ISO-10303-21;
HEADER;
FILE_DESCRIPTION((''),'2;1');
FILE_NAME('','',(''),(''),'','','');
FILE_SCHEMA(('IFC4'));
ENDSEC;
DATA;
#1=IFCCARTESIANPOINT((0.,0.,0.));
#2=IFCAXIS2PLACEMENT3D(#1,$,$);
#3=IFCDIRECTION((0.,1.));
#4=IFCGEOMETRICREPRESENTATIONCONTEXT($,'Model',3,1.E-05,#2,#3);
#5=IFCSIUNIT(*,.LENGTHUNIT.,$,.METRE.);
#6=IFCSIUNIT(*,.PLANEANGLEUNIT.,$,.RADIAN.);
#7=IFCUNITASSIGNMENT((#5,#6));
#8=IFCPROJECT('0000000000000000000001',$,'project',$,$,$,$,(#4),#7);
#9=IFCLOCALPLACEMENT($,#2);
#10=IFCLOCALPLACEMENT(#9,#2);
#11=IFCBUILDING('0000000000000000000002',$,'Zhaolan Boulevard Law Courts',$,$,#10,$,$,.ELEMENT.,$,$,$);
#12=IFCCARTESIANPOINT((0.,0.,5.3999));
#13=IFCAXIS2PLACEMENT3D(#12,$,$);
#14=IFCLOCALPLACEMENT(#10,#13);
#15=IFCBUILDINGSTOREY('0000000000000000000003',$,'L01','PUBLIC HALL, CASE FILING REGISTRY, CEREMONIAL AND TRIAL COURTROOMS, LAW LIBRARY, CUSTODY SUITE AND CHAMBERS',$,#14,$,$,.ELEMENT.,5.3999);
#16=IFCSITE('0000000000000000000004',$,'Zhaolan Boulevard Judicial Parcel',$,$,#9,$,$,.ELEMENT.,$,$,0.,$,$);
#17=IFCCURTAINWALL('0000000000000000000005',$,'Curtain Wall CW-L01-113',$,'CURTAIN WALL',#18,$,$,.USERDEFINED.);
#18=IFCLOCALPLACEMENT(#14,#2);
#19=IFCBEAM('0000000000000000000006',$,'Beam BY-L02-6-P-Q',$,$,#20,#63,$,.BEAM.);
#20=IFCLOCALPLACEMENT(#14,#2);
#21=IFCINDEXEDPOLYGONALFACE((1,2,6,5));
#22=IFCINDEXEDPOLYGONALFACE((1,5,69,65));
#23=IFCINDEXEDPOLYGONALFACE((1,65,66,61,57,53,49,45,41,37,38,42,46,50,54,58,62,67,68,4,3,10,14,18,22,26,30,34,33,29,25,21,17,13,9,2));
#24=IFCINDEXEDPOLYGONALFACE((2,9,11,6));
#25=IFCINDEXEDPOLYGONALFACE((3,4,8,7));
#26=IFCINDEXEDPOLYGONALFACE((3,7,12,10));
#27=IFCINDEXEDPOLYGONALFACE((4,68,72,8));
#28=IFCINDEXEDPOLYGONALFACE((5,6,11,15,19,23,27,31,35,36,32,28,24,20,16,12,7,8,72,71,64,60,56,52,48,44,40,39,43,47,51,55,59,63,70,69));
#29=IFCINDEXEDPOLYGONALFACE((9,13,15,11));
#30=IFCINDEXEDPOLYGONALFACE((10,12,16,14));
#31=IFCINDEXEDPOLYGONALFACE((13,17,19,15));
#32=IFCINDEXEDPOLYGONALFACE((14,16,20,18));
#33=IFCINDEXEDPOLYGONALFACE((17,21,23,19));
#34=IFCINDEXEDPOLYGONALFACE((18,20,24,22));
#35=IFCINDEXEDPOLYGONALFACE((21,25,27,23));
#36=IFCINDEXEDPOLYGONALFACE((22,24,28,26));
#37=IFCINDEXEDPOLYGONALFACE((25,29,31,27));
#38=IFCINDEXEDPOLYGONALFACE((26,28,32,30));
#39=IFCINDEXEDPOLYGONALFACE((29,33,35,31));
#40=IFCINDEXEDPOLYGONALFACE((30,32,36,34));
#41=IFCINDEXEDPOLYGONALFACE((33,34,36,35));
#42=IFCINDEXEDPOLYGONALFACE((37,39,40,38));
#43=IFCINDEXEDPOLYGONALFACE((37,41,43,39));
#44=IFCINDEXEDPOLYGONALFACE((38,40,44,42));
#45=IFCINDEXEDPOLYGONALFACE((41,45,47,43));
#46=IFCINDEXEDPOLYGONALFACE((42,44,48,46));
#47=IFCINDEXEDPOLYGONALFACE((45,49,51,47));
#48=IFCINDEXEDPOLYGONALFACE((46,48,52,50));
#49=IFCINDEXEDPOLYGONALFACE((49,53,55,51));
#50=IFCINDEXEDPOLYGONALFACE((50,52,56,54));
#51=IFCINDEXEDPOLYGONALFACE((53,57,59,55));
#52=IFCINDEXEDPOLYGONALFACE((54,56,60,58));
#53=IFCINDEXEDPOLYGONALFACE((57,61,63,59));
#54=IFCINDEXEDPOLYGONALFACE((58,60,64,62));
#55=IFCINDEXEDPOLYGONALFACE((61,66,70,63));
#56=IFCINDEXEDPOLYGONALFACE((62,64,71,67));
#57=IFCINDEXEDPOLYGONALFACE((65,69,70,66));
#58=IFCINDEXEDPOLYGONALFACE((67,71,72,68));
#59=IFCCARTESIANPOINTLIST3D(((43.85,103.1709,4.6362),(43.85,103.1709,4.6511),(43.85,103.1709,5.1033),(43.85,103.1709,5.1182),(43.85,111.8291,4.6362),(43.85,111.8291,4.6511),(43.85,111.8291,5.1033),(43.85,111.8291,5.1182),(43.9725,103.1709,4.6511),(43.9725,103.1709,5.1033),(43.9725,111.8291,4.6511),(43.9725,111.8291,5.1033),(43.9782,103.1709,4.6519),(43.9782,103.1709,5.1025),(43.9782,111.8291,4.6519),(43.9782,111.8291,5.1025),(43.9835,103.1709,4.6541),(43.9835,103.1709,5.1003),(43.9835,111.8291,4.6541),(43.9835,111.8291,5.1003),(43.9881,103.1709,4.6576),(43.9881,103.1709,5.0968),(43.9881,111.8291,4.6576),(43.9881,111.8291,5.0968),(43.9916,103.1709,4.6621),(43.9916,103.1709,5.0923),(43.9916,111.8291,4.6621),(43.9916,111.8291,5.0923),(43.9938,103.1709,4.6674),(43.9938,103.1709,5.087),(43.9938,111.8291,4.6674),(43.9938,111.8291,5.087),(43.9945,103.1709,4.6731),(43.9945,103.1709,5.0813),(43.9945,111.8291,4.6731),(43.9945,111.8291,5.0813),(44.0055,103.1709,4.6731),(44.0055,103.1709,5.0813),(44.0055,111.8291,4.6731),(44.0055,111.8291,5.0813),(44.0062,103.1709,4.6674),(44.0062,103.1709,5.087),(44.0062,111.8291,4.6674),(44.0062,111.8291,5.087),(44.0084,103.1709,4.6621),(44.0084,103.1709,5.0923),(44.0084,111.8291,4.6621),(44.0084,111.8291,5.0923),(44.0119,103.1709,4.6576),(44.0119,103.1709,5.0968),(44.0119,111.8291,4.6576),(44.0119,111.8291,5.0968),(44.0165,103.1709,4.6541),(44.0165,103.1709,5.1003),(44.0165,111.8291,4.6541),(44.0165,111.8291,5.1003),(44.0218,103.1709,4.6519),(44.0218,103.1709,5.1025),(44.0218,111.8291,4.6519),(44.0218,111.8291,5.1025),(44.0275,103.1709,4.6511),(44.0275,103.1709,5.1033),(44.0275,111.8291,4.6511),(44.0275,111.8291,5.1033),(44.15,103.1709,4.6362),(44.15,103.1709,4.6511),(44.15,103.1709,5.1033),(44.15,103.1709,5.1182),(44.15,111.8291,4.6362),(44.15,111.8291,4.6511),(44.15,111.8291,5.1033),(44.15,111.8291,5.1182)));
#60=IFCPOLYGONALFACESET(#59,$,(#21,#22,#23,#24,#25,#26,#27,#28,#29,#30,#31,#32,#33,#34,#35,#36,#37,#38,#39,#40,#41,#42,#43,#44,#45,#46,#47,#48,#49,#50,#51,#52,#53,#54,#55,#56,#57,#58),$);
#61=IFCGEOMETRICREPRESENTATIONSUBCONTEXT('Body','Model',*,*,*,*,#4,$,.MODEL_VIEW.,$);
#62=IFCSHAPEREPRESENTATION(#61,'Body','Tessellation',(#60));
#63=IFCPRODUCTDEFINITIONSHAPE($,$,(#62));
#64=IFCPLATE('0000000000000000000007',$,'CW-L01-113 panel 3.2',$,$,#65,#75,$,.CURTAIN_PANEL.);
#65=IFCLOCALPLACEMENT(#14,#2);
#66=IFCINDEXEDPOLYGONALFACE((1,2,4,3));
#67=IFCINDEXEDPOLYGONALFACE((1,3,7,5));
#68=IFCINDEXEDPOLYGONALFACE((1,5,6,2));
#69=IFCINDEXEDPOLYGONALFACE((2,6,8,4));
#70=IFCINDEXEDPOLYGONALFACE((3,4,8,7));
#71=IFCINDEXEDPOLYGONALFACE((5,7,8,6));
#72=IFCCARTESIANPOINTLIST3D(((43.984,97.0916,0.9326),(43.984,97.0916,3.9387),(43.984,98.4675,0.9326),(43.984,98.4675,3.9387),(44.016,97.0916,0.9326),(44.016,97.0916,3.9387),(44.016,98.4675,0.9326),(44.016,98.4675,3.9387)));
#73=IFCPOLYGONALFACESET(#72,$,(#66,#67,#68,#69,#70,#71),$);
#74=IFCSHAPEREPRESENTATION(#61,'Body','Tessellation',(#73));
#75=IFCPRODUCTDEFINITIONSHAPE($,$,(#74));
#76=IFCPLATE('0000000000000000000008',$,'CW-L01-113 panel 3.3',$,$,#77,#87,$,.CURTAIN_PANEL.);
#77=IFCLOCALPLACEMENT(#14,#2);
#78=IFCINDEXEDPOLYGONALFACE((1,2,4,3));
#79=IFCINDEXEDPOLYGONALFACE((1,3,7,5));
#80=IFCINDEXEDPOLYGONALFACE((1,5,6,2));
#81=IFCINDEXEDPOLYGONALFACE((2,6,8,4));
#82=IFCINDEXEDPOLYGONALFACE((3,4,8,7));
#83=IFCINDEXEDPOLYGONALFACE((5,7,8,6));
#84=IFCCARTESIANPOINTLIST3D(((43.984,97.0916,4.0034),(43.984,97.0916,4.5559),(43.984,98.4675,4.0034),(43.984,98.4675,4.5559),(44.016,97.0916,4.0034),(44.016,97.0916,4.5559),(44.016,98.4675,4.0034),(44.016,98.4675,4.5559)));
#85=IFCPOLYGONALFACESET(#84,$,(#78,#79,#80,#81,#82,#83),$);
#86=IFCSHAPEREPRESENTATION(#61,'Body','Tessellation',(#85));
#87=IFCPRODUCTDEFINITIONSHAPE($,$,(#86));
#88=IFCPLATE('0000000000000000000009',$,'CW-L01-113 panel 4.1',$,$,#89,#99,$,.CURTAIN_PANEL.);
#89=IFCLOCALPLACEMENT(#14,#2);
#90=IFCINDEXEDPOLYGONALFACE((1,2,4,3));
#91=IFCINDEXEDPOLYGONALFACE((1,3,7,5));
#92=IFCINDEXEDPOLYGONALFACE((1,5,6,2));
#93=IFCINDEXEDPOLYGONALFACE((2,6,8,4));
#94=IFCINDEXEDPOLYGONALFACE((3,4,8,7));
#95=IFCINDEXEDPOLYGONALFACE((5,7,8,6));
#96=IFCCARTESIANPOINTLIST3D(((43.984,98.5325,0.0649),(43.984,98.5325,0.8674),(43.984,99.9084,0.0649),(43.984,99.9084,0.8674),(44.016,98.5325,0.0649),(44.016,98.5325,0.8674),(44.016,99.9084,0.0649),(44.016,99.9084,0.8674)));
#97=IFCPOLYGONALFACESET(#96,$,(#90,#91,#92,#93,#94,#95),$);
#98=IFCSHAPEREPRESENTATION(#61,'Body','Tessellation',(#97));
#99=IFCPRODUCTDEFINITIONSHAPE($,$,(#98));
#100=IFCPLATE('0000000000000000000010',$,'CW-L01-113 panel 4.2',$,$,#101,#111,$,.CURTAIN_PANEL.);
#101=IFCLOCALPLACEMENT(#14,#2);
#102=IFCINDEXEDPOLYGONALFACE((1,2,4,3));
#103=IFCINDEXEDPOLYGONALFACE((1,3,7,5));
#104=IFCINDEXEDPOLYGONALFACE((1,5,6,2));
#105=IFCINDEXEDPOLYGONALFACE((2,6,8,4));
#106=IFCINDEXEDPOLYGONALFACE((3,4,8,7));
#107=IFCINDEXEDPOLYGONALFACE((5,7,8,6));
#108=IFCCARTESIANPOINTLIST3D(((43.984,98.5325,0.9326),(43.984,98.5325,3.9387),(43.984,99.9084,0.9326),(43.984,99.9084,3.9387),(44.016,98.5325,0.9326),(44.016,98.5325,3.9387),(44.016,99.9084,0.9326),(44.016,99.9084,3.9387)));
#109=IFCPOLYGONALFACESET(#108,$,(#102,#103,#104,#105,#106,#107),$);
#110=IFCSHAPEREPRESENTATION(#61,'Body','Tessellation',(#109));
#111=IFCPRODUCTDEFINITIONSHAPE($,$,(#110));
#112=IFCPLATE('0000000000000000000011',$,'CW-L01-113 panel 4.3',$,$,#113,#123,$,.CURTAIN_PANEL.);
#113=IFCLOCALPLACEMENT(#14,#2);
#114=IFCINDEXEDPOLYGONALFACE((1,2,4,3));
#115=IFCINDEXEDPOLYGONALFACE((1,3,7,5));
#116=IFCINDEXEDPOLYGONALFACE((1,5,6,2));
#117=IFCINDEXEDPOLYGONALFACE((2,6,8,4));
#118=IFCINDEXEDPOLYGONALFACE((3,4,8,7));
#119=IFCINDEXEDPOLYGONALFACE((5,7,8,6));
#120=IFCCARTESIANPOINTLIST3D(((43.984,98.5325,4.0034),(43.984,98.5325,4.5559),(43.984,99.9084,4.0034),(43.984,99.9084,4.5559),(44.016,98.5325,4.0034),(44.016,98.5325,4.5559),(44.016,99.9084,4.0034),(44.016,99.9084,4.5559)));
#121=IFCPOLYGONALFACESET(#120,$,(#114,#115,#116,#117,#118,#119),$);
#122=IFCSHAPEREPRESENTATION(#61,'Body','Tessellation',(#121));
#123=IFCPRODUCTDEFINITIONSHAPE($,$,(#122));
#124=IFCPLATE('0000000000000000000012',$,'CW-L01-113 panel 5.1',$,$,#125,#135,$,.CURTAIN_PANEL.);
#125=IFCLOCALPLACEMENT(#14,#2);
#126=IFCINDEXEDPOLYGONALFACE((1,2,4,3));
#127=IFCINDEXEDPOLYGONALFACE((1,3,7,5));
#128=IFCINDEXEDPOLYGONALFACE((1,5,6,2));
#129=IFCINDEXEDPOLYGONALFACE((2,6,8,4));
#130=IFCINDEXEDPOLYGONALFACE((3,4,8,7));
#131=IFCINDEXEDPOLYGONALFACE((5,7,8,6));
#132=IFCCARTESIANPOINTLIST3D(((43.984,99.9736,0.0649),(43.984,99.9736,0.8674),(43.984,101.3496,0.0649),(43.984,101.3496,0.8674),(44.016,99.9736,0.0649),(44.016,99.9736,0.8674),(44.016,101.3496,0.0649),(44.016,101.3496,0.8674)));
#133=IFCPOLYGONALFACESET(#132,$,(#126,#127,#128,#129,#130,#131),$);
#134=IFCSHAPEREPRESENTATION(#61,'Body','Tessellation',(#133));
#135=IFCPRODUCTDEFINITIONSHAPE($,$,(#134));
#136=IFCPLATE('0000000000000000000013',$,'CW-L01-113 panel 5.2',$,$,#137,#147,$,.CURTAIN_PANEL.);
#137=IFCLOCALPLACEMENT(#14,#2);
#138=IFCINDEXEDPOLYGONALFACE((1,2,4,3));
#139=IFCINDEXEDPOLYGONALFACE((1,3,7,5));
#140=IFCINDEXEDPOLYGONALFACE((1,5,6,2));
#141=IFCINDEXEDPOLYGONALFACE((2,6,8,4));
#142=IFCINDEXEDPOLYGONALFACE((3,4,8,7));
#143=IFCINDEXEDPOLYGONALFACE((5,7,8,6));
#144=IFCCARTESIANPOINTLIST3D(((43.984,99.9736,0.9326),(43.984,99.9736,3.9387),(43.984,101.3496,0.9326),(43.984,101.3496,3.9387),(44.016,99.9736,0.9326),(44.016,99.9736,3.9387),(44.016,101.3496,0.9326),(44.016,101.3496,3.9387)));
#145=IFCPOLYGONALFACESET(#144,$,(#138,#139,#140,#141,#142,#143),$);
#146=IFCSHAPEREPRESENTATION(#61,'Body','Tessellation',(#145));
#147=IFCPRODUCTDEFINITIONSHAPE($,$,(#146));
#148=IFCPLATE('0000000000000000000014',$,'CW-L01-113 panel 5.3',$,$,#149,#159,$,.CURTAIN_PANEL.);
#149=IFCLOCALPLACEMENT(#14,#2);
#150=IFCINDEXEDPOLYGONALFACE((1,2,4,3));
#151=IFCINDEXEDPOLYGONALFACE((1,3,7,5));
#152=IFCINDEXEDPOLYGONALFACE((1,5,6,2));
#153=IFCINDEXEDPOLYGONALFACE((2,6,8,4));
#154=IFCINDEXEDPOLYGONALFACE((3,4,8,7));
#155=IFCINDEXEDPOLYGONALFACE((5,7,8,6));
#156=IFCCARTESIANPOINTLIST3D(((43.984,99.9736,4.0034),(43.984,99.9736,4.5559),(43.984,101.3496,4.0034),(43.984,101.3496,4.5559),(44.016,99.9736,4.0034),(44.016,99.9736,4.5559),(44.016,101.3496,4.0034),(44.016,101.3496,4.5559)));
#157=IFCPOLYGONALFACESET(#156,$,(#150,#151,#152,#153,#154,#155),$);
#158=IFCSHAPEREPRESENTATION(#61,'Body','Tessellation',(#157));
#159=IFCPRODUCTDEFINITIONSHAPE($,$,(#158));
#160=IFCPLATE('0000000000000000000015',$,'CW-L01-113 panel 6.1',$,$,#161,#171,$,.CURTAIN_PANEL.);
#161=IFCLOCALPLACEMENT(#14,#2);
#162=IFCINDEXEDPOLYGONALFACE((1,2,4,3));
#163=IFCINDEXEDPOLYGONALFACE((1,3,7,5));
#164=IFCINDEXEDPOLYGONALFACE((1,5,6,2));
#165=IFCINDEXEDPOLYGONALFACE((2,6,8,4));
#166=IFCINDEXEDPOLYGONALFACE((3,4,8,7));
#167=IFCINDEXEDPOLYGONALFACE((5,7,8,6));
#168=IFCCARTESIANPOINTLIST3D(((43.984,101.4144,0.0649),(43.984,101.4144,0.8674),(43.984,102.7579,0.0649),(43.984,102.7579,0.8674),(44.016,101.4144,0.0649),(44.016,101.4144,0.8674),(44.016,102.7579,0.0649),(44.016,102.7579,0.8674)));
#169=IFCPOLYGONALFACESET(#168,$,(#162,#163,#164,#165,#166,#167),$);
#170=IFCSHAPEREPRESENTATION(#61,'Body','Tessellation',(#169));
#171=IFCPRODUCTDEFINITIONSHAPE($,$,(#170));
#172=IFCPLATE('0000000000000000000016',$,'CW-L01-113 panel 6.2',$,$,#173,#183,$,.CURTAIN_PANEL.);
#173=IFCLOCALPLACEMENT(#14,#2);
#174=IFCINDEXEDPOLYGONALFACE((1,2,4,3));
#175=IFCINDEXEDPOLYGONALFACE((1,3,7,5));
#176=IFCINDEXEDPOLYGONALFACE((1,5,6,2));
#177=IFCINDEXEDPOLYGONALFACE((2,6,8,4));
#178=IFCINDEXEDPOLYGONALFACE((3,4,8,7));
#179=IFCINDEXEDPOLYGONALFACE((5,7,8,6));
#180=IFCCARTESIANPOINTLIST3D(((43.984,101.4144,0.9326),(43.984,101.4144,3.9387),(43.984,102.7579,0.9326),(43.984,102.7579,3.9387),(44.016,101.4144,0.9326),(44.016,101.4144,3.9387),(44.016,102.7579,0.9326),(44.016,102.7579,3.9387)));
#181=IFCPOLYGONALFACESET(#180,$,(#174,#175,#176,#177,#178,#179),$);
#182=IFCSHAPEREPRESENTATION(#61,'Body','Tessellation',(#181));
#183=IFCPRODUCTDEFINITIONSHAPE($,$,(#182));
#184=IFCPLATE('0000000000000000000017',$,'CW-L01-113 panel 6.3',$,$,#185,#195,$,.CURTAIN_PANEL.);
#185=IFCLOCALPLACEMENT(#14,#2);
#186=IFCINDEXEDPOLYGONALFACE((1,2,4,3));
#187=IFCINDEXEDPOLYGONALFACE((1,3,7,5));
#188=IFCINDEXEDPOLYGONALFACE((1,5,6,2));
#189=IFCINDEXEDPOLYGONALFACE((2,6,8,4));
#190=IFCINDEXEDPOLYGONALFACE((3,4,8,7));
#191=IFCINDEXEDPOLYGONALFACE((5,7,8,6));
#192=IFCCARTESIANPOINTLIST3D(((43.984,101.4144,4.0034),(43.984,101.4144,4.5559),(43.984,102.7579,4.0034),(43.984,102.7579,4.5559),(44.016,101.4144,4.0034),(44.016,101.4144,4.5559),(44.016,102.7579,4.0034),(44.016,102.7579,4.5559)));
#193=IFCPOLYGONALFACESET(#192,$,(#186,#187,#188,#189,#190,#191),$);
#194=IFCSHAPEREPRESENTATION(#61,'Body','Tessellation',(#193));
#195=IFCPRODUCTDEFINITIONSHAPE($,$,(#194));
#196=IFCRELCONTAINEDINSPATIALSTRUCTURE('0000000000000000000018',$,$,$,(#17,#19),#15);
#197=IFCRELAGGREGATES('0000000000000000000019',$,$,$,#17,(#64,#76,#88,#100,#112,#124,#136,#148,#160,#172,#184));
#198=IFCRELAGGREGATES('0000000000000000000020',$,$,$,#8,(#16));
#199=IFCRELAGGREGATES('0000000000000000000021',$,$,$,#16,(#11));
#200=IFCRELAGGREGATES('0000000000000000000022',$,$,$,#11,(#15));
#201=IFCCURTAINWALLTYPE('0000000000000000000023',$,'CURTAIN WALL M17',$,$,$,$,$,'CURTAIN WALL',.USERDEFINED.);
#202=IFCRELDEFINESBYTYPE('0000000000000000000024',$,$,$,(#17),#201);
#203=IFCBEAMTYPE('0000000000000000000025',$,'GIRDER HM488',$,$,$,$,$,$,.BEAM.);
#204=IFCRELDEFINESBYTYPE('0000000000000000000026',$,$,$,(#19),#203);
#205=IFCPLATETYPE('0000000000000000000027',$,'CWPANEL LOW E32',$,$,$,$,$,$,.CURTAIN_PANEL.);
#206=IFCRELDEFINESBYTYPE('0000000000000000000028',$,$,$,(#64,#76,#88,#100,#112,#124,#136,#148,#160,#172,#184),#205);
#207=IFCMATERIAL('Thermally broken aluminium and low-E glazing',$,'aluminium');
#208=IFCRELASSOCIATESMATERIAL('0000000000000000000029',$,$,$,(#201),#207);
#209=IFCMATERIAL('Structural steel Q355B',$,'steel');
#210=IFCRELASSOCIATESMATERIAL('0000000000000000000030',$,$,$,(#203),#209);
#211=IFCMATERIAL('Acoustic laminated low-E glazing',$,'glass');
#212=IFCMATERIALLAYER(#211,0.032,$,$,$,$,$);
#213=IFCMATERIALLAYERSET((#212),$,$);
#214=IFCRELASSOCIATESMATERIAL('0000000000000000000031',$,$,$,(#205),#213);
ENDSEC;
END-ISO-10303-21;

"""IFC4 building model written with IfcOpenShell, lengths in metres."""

from ifc_helpers import new_model, si_unit, direction, frame, origin, origin_2d, place, context, subcontext, project, spatial, rectangle, i_section, extrude, material, layer, layer_set, material_profile, profile_set, type_object, element, aggregate, save


model = new_model("IFC4")

# Units and contexts
model_context = context("Model", 3, precision=1e-05, world=origin(), true_north=direction((0.0, 1.0)))
body_context = subcontext(model_context, "Body", "Model", "MODEL_VIEW")
ifc_project = project(units=[si_unit("LENGTHUNIT", "METRE"), si_unit("PLANEANGLEUNIT", "RADIAN")], contexts=[model_context])

# Site, building, storey
site_placement = place(None, origin())
site = spatial("IfcSite", under=ifc_project, at=site_placement, Name="Zhaolan Boulevard Judicial Parcel", CompositionType="ELEMENT", RefElevation=0.0)
building_placement = place(site_placement, origin())
building = spatial("IfcBuilding", under=site, at=building_placement, Name="Zhaolan Boulevard Law Courts", CompositionType="ELEMENT")
storey_placement = place(building_placement, frame((0.0, 0.0, 5.3999)))
storey = spatial("IfcBuildingStorey", under=building, at=storey_placement, Name="L01", Description="PUBLIC HALL, CASE FILING REGISTRY, CEREMONIAL AND TRIAL COURTROOMS, LAW LIBRARY, CUSTODY SUITE AND CHAMBERS", CompositionType="ELEMENT", Elevation=5.3999)

# Curtain wall
ifc_material_1 = material(Name="Thermally broken aluminium and low-E glazing", Category="aluminium")
curtain_wall_type_1 = type_object("IfcCurtainWallType", Name="CURTAIN WALL M17", ElementType="CURTAIN WALL", PredefinedType="USERDEFINED", material=ifc_material_1)
curtain_wall_1_placement = place(storey_placement, origin())
curtain_wall_1 = element("IfcCurtainWall", 1, at=curtain_wall_1_placement, inside=storey, type_object=curtain_wall_type_1, Name="Curtain Wall CW-L01-113", ObjectType="CURTAIN WALL", PredefinedType="USERDEFINED")

# Beam
ifc_material_2 = material(Name="Structural steel Q355B", Category="steel")
ifc_material_profile_1 = material_profile(ifc_material_2, i_section(OverallWidth=0.3, OverallDepth=0.4819, WebThickness=0.011, FlangeThickness=0.0149, FilletRadius=0.022, at=origin_2d()), Name="HM482x300")
ifc_profile_set_1 = profile_set([ifc_material_profile_1], Name="Structural steel Q355B")
beam_type = type_object("IfcBeamType", Name="GIRDER HM488", PredefinedType="BEAM", material=ifc_profile_set_1)
beam_placement = place(storey_placement, frame((44.0, 103.1709, 4.8772), z_axis=(0.0, 1.0, 0.0), x_axis=(-1.0, 0.0, 0.0)))
element("IfcBeam", 2, at=beam_placement, inside=storey, type_object=beam_type, Name="Beam BY-L02-6-P-Q", PredefinedType="BEAM", context=body_context, shape_type="SweptSolid", body=[
    extrude(i_section(OverallWidth=0.3, OverallDepth=0.4819, WebThickness=0.011, FlangeThickness=0.0149, FilletRadius=0.022, at=origin_2d()), origin(), (0.0, 0.0, 1.0), 8.6582),
])

# Plates
ifc_material_3 = material(Name="Acoustic laminated low-E glazing", Category="glass")
ifc_layer = layer(ifc_material_3, 0.032)
ifc_layer_set = layer_set([ifc_layer])
plate_type = type_object("IfcPlateType", Name="CWPANEL LOW E32", PredefinedType="CURTAIN_PANEL", material=ifc_layer_set)
plate_1_placement = place(storey_placement, frame((44.0, 97.7795, 0.9326), z_axis=(0.0, 0.0, 1.0), x_axis=(0.0, 1.0, 0.0)))
plate_1 = element("IfcPlate", 3, at=plate_1_placement, type_object=plate_type, Name="CW-L01-113 panel 3.2", PredefinedType="CURTAIN_PANEL", context=body_context, shape_type="SweptSolid", body=[
    extrude(rectangle(XDim=1.376, YDim=0.032, at=origin_2d()), origin(), (0.0, 0.0, 1.0), 3.0061),
])
plate_2_placement = place(storey_placement, frame((44.0, 97.7795, 4.0034), z_axis=(0.0, 0.0, 1.0), x_axis=(0.0, 1.0, 0.0)))
plate_2 = element("IfcPlate", 4, at=plate_2_placement, type_object=plate_type, Name="CW-L01-113 panel 3.3", PredefinedType="CURTAIN_PANEL", context=body_context, shape_type="SweptSolid", body=[
    extrude(rectangle(XDim=1.376, YDim=0.032, at=origin_2d()), origin(), (0.0, 0.0, 1.0), 0.5525),
])
plate_3_placement = place(storey_placement, frame((44.0, 99.2205, 0.0649), z_axis=(0.0, 0.0, 1.0), x_axis=(0.0, 1.0, 0.0)))
plate_3 = element("IfcPlate", 5, at=plate_3_placement, type_object=plate_type, Name="CW-L01-113 panel 4.1", PredefinedType="CURTAIN_PANEL", context=body_context, shape_type="SweptSolid", body=[
    extrude(rectangle(XDim=1.376, YDim=0.032, at=origin_2d()), origin(), (0.0, 0.0, 1.0), 0.8025),
])
plate_4_placement = place(storey_placement, frame((44.0, 99.2205, 0.9326), z_axis=(0.0, 0.0, 1.0), x_axis=(0.0, 1.0, 0.0)))
plate_4 = element("IfcPlate", 6, at=plate_4_placement, type_object=plate_type, Name="CW-L01-113 panel 4.2", PredefinedType="CURTAIN_PANEL", context=body_context, shape_type="SweptSolid", body=[
    extrude(rectangle(XDim=1.376, YDim=0.032, at=origin_2d()), origin(), (0.0, 0.0, 1.0), 3.0061),
])
plate_5_placement = place(storey_placement, frame((44.0, 99.2205, 4.0034), z_axis=(0.0, 0.0, 1.0), x_axis=(0.0, 1.0, 0.0)))
plate_5 = element("IfcPlate", 7, at=plate_5_placement, type_object=plate_type, Name="CW-L01-113 panel 4.3", PredefinedType="CURTAIN_PANEL", context=body_context, shape_type="SweptSolid", body=[
    extrude(rectangle(XDim=1.376, YDim=0.032, at=origin_2d()), origin(), (0.0, 0.0, 1.0), 0.5525),
])
plate_6_placement = place(storey_placement, frame((44.0, 100.6616, 0.0649), z_axis=(0.0, 0.0, 1.0), x_axis=(0.0, 1.0, 0.0)))
plate_6 = element("IfcPlate", 8, at=plate_6_placement, type_object=plate_type, Name="CW-L01-113 panel 5.1", PredefinedType="CURTAIN_PANEL", context=body_context, shape_type="SweptSolid", body=[
    extrude(rectangle(XDim=1.376, YDim=0.032, at=origin_2d()), origin(), (0.0, 0.0, 1.0), 0.8025),
])
plate_7_placement = place(storey_placement, frame((44.0, 100.6616, 0.9326), z_axis=(0.0, 0.0, 1.0), x_axis=(0.0, 1.0, 0.0)))
plate_7 = element("IfcPlate", 9, at=plate_7_placement, type_object=plate_type, Name="CW-L01-113 panel 5.2", PredefinedType="CURTAIN_PANEL", context=body_context, shape_type="SweptSolid", body=[
    extrude(rectangle(XDim=1.376, YDim=0.032, at=origin_2d()), origin(), (0.0, 0.0, 1.0), 3.0061),
])
plate_8_placement = place(storey_placement, frame((44.0, 100.6616, 4.0034), z_axis=(0.0, 0.0, 1.0), x_axis=(0.0, 1.0, 0.0)))
plate_8 = element("IfcPlate", 10, at=plate_8_placement, type_object=plate_type, Name="CW-L01-113 panel 5.3", PredefinedType="CURTAIN_PANEL", context=body_context, shape_type="SweptSolid", body=[
    extrude(rectangle(XDim=1.376, YDim=0.032, at=origin_2d()), origin(), (0.0, 0.0, 1.0), 0.5525),
])
plate_9_placement = place(storey_placement, frame((44.0, 102.0862, 0.0649), z_axis=(0.0, 0.0, 1.0), x_axis=(0.0, 1.0, 0.0)))
plate_9 = element("IfcPlate", 11, at=plate_9_placement, type_object=plate_type, Name="CW-L01-113 panel 6.1", PredefinedType="CURTAIN_PANEL", context=body_context, shape_type="SweptSolid", body=[
    extrude(rectangle(XDim=1.3435, YDim=0.032, at=origin_2d()), origin(), (0.0, 0.0, 1.0), 0.8025),
])
plate_10_placement = place(storey_placement, frame((44.0, 102.0862, 0.9326), z_axis=(0.0, 0.0, 1.0), x_axis=(0.0, 1.0, 0.0)))
plate_10 = element("IfcPlate", 12, at=plate_10_placement, type_object=plate_type, Name="CW-L01-113 panel 6.2", PredefinedType="CURTAIN_PANEL", context=body_context, shape_type="SweptSolid", body=[
    extrude(rectangle(XDim=1.3435, YDim=0.032, at=origin_2d()), origin(), (0.0, 0.0, 1.0), 3.0061),
])
plate_11_placement = place(storey_placement, frame((44.0, 102.0862, 4.0034), z_axis=(0.0, 0.0, 1.0), x_axis=(0.0, 1.0, 0.0)))
plate_11 = element("IfcPlate", 13, at=plate_11_placement, type_object=plate_type, Name="CW-L01-113 panel 6.3", PredefinedType="CURTAIN_PANEL", context=body_context, shape_type="SweptSolid", body=[
    extrude(rectangle(XDim=1.3435, YDim=0.032, at=origin_2d()), origin(), (0.0, 0.0, 1.0), 0.5525),
])
aggregate(curtain_wall_1, [plate_1, plate_2, plate_3, plate_4, plate_5, plate_6, plate_7, plate_8, plate_9, plate_10, plate_11])

save(model, "model.ifc")
